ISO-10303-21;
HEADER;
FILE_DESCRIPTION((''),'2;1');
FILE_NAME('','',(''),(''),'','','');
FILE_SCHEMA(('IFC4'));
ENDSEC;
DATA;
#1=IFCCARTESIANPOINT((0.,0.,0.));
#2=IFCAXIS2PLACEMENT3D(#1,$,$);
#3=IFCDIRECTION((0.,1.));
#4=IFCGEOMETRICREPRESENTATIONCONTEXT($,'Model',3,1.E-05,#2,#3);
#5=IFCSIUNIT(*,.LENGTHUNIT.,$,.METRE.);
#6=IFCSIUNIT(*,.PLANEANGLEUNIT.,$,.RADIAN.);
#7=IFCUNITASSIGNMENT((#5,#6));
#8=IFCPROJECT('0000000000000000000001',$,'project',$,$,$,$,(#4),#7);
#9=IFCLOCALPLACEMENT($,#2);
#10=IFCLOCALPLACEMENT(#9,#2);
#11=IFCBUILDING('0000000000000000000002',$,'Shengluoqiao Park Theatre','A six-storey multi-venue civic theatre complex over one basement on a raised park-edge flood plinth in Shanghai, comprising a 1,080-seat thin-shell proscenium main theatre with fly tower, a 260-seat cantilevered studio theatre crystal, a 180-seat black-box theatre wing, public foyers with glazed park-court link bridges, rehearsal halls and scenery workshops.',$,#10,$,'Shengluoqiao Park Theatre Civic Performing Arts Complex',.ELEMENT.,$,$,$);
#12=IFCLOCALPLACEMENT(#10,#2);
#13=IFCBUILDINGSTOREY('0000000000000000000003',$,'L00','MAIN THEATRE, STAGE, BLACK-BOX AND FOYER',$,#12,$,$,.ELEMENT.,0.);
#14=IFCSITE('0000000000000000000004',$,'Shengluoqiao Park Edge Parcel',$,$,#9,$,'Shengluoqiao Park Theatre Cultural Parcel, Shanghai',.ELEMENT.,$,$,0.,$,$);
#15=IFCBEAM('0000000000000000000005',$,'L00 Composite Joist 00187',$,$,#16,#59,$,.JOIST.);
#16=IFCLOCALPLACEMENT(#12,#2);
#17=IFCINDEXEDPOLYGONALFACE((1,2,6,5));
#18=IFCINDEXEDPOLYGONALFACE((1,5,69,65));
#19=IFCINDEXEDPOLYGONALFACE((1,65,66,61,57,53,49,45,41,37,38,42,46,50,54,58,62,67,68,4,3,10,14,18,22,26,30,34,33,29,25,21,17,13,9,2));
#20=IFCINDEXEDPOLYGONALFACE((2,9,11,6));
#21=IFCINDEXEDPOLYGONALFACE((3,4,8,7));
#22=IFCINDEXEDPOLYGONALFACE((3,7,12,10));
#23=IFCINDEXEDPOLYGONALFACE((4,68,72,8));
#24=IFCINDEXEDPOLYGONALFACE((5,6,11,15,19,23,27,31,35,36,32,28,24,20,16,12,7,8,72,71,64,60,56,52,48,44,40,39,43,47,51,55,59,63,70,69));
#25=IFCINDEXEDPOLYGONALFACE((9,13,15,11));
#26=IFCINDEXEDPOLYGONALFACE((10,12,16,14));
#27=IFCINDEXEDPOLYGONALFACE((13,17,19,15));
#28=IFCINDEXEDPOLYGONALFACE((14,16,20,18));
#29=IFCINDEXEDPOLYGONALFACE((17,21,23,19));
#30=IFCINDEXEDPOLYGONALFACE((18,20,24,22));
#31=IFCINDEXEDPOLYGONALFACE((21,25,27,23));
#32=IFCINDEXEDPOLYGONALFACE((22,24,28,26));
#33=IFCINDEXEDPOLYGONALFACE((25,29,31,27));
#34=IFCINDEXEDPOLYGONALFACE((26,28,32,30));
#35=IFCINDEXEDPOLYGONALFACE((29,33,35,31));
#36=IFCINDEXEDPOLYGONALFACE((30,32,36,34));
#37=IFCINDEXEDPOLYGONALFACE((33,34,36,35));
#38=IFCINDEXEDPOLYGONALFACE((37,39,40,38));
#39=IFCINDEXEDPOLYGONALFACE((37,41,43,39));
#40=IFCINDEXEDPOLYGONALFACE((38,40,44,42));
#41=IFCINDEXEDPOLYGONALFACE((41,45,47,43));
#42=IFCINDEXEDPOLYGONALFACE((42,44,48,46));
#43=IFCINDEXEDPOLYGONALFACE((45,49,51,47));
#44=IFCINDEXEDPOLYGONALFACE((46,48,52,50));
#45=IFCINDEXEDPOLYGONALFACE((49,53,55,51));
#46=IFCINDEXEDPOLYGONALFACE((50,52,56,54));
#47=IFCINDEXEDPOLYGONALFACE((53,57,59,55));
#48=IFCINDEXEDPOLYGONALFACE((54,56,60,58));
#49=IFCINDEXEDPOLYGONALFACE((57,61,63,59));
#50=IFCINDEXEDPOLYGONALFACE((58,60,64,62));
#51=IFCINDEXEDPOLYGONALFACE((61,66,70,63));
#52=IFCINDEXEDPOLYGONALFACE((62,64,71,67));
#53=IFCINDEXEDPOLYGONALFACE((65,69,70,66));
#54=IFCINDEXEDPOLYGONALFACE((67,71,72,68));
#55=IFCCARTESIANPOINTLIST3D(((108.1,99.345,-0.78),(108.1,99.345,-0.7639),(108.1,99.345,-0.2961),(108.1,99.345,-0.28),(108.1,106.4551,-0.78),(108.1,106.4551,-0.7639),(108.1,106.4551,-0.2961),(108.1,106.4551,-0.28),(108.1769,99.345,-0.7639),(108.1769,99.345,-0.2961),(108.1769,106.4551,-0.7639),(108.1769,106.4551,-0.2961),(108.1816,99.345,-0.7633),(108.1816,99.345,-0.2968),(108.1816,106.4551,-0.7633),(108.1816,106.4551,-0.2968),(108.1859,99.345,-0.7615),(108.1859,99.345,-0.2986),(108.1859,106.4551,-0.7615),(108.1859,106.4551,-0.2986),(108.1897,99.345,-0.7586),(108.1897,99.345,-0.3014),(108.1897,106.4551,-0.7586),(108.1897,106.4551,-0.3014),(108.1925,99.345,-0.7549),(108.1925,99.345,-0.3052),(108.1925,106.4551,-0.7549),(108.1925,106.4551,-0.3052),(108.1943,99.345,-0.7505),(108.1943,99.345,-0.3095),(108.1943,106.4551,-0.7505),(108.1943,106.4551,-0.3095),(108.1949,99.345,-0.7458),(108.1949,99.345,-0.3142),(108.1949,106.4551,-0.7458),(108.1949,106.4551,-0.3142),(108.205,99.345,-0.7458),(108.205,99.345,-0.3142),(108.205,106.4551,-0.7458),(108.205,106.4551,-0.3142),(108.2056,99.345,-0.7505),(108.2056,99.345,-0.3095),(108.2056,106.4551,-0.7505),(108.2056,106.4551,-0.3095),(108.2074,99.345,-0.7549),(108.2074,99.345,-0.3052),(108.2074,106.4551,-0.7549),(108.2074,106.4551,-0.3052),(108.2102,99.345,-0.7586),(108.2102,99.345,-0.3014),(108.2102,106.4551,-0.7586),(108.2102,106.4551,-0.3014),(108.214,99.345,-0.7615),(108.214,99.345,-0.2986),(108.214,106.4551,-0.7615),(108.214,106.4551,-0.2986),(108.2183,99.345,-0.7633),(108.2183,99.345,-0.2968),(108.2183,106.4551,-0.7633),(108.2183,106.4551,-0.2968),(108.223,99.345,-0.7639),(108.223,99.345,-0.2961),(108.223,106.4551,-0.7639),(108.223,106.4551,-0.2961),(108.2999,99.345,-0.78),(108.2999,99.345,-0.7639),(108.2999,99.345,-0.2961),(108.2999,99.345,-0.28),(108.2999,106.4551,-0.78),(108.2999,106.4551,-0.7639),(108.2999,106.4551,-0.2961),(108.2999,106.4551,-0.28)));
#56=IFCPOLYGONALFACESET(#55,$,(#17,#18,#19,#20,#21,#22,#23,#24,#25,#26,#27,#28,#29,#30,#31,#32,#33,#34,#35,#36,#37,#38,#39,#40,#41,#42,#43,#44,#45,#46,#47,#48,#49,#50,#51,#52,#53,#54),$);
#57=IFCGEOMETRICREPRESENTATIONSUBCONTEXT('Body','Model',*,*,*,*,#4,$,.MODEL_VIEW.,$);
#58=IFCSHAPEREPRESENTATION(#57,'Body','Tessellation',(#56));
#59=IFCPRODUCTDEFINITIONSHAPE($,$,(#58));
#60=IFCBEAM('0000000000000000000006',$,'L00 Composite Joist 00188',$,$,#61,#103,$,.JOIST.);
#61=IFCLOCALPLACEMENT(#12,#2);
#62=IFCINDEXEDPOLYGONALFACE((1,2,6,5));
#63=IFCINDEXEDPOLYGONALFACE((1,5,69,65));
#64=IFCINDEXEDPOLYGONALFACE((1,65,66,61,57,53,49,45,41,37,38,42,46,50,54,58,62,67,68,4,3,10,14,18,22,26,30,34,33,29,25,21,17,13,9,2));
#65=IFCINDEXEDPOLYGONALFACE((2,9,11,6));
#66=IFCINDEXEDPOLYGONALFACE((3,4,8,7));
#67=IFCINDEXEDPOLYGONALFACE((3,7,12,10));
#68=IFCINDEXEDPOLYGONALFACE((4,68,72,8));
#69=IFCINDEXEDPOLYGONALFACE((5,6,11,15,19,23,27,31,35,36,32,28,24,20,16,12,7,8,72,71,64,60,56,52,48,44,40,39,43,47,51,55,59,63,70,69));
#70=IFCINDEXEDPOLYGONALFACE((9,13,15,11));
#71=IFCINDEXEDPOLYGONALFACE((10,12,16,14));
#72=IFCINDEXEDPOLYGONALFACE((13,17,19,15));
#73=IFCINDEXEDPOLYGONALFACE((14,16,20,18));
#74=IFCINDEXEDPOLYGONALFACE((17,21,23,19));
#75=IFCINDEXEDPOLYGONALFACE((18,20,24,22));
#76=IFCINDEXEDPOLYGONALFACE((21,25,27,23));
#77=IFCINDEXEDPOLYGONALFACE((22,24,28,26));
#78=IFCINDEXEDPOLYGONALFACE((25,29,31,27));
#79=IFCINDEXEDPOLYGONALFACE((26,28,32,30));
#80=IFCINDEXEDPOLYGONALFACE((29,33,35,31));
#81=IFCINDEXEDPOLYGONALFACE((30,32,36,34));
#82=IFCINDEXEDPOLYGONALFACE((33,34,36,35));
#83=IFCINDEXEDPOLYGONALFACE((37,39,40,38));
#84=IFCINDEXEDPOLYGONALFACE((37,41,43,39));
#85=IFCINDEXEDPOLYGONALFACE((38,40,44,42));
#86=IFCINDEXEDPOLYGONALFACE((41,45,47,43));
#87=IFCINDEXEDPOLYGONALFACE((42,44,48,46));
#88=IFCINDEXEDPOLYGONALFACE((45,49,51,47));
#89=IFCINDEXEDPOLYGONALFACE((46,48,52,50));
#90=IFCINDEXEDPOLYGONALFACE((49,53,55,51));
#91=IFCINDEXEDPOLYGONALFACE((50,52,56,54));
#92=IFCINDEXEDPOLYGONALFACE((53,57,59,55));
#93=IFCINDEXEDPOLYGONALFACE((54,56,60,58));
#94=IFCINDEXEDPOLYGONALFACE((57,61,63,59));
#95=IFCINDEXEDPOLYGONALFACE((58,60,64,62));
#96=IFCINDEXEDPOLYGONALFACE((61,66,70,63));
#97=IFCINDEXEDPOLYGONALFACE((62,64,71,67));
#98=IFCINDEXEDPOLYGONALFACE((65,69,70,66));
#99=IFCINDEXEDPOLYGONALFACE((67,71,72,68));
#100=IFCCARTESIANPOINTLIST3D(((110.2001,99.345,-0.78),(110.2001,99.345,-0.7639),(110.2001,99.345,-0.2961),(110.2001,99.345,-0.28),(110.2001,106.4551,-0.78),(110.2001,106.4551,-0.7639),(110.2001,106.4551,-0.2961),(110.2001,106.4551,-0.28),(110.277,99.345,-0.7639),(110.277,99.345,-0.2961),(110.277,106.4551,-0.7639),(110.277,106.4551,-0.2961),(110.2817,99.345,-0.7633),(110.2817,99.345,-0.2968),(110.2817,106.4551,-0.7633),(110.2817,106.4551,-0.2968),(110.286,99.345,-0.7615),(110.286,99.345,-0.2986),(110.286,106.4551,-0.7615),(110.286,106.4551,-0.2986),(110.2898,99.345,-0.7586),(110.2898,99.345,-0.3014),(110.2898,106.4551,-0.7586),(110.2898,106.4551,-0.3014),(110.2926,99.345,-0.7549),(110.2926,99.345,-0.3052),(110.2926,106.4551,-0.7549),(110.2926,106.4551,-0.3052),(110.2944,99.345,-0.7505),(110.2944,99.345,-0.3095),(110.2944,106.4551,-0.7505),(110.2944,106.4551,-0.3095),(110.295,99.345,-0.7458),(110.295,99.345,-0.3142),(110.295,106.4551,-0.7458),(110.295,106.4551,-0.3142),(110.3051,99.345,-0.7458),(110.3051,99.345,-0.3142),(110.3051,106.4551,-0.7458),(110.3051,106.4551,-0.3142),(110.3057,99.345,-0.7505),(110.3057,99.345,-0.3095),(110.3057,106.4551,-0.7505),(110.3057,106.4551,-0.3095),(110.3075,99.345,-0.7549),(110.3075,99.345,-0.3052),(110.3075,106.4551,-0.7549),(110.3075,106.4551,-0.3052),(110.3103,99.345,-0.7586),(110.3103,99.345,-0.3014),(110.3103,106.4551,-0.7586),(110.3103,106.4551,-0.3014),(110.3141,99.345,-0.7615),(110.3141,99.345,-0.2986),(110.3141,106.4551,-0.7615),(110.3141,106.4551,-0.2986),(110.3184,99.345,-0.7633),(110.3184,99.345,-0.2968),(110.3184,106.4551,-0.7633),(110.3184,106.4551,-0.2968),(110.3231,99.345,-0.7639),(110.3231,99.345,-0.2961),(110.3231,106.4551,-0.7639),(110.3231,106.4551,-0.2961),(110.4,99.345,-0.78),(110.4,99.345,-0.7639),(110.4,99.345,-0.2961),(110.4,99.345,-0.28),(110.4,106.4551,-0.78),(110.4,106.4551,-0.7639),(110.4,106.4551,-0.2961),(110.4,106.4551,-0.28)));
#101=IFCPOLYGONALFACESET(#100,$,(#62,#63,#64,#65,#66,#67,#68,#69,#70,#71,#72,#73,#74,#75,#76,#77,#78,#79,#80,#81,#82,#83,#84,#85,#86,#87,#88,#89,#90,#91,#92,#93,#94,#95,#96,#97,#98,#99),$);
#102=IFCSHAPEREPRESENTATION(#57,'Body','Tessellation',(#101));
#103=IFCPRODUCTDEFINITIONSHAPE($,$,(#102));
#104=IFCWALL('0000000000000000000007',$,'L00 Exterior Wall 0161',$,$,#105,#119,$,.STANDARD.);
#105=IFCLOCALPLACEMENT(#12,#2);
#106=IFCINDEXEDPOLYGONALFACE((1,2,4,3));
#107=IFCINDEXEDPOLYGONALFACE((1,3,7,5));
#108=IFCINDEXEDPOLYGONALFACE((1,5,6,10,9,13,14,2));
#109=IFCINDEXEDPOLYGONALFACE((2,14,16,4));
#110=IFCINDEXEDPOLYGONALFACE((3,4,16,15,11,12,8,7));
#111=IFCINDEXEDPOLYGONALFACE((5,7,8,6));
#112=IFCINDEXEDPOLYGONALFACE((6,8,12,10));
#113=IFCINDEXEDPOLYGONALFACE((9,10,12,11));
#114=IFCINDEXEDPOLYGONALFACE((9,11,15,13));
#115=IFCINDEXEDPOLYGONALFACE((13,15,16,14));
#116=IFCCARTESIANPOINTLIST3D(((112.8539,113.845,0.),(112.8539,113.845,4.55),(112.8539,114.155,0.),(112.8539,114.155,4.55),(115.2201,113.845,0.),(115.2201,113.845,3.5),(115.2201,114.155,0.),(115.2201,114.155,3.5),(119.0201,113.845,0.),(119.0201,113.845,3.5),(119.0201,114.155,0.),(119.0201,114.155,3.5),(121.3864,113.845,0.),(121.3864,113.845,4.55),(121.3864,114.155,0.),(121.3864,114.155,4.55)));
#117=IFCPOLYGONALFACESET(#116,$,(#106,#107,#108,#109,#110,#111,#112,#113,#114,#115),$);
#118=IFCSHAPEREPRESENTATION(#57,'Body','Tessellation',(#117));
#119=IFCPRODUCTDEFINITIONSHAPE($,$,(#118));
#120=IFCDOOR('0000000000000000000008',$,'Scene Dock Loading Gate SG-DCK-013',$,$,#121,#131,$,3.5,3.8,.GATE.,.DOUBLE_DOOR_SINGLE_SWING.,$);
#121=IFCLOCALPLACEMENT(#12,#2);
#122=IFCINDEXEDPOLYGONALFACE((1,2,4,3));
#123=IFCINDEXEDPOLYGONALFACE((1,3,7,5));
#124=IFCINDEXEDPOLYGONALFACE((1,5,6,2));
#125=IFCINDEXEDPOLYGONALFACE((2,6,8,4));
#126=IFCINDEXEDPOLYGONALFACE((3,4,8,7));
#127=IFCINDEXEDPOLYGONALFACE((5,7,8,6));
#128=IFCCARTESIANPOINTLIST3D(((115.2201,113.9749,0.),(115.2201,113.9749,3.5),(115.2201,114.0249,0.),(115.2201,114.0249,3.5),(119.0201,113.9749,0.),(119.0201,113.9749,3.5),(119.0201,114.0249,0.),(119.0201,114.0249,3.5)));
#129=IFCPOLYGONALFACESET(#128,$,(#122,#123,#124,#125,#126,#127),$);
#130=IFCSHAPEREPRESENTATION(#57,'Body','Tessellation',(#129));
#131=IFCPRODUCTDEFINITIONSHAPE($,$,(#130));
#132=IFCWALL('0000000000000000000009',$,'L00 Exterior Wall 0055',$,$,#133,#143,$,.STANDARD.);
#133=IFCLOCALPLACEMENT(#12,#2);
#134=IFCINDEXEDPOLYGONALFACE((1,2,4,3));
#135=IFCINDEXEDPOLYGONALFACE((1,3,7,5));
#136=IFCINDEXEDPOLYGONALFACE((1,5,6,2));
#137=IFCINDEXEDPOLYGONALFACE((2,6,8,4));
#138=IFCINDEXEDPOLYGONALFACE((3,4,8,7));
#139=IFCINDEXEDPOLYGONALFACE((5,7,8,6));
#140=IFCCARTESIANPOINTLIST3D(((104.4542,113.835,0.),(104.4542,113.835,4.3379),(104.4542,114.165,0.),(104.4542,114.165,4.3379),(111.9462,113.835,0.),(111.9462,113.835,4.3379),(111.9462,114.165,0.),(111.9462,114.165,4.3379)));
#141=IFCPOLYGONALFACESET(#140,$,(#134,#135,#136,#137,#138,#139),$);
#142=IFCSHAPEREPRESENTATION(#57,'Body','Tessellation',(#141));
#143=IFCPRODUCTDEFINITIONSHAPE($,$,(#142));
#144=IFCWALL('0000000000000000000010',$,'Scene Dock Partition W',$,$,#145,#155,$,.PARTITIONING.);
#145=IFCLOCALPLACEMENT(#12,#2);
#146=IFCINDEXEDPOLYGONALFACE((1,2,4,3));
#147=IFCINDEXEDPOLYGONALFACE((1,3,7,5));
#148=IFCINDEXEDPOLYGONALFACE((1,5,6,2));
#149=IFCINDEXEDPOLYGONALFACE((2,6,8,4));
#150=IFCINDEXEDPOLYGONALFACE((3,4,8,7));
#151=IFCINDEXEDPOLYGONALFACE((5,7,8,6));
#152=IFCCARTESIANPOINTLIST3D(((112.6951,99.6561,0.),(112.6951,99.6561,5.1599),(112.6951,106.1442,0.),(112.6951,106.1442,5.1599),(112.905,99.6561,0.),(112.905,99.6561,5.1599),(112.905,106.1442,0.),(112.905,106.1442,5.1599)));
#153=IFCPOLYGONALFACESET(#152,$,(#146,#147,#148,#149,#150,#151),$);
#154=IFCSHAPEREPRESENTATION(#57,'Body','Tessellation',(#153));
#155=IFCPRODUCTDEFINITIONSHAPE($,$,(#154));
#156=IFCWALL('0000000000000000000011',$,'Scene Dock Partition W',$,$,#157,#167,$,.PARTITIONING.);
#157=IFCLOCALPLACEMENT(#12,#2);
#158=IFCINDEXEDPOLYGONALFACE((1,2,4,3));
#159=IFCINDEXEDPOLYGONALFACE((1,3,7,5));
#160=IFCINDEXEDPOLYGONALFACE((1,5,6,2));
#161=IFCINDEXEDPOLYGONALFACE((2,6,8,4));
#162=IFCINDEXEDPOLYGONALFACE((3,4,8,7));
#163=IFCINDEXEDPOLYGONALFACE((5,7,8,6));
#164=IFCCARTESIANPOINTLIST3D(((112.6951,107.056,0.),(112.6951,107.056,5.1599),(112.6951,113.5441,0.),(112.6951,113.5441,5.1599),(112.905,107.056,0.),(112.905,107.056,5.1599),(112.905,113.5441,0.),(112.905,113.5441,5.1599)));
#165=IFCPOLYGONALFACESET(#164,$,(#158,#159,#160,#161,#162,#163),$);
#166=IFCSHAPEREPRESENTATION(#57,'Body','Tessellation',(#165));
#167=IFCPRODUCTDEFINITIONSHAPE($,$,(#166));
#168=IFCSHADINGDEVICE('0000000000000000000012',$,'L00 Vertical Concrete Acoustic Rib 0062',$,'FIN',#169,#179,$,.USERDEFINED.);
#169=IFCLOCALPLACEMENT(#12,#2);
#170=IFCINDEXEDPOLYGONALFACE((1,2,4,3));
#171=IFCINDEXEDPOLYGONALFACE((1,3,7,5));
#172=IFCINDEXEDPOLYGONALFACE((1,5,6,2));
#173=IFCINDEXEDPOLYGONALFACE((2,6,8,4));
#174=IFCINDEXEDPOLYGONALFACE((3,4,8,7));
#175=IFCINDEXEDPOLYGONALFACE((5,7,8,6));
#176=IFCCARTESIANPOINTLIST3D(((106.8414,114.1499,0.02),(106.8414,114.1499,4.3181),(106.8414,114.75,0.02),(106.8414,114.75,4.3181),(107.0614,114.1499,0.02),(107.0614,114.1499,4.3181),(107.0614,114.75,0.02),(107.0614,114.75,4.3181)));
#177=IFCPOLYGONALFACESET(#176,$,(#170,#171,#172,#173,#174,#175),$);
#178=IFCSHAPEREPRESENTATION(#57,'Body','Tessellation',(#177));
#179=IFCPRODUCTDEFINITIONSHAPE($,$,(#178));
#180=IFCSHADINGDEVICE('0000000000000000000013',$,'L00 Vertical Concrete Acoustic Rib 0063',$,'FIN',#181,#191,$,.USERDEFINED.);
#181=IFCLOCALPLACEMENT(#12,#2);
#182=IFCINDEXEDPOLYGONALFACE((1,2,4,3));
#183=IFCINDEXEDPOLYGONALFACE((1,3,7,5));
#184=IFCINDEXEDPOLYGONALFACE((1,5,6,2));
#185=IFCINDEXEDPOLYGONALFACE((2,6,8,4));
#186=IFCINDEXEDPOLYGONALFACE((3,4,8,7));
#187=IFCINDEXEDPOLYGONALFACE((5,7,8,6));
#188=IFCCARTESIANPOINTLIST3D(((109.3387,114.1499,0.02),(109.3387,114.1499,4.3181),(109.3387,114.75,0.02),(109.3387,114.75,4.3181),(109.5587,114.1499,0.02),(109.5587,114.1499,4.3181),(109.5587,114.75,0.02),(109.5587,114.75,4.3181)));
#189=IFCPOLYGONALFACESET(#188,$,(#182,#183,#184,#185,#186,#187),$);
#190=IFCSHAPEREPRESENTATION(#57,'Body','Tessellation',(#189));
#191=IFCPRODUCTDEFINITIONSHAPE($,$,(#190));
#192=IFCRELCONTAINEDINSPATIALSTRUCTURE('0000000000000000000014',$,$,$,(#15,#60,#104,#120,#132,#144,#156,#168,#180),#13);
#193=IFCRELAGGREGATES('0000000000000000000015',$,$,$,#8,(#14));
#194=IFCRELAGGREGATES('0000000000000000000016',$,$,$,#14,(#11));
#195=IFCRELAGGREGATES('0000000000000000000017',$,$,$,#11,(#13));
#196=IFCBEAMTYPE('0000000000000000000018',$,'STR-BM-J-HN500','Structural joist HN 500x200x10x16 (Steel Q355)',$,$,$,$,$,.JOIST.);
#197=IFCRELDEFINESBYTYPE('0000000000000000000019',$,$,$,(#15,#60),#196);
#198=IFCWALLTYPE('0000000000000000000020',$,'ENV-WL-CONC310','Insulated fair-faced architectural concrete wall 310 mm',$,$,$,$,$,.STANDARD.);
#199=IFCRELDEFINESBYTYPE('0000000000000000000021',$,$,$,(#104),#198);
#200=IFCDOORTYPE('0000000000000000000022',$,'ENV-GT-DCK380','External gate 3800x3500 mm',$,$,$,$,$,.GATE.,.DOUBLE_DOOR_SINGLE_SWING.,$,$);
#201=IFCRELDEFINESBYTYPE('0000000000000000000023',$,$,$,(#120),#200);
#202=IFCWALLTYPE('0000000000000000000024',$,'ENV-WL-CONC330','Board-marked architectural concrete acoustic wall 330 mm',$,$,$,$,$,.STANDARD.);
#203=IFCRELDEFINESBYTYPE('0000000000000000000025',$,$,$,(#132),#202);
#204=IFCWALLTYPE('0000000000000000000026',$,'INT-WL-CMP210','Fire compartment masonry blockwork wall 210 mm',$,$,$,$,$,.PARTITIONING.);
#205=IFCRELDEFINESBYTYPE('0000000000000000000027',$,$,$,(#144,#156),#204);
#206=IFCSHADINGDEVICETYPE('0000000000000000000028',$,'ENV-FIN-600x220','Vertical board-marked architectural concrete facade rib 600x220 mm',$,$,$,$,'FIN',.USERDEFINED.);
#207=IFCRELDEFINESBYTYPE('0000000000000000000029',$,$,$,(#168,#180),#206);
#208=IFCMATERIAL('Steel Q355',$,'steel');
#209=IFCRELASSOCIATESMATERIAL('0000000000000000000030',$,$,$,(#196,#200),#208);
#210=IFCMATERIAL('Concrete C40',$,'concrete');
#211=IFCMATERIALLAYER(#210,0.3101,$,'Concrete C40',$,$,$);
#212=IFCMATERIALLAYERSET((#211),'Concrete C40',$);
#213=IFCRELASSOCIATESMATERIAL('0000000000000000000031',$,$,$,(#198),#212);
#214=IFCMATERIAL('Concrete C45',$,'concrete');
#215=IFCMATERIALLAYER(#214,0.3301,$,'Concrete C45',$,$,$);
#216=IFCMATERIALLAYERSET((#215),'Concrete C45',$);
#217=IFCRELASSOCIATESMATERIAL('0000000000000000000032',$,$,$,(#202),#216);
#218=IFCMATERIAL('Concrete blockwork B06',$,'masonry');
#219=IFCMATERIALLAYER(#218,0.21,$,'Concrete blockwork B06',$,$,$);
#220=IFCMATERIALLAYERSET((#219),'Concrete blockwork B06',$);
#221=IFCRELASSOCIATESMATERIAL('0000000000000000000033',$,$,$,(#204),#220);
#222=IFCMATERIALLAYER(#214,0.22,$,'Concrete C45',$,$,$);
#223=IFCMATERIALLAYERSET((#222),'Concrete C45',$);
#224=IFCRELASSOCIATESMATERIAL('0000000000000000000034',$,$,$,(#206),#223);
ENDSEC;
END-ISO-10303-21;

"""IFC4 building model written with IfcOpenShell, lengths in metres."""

from ifc_helpers import new_model, si_unit, direction, frame, frame_2d, origin, origin_2d, place, context, subcontext, project, spatial, rectangle, i_section, extrude, material, layer, layer_set, material_profile, profile_set, type_object, element, fill, save


model = new_model("IFC4")

# Units and contexts
model_context = context("Model", 3, precision=1e-05, world=origin(), true_north=direction((0.0, 1.0)))
body_context = subcontext(model_context, "Body", "Model", "MODEL_VIEW")
ifc_project = project(units=[si_unit("LENGTHUNIT", "METRE"), si_unit("PLANEANGLEUNIT", "RADIAN")], contexts=[model_context])

# Site, building, storey
site_placement = place(None, origin())
site = spatial("IfcSite", under=ifc_project, at=site_placement, Name="Shengluoqiao Park Edge Parcel", LongName="Shengluoqiao Park Theatre Cultural Parcel, Shanghai", CompositionType="ELEMENT", RefElevation=0.0)
building_placement = place(site_placement, origin())
building = spatial("IfcBuilding", under=site, at=building_placement, Name="Shengluoqiao Park Theatre", Description="A six-storey multi-venue civic theatre complex over one basement on a raised park-edge flood plinth in Shanghai, comprising a 1,080-seat thin-shell proscenium main theatre with fly tower, a 260-seat cantilevered studio theatre crystal, a 180-seat black-box theatre wing, public foyers with glazed park-court link bridges, rehearsal halls and scenery workshops.", LongName="Shengluoqiao Park Theatre Civic Performing Arts Complex", CompositionType="ELEMENT")
storey_placement = place(building_placement, origin())
storey = spatial("IfcBuildingStorey", under=building, at=storey_placement, Name="L00", Description="MAIN THEATRE, STAGE, BLACK-BOX AND FOYER", CompositionType="ELEMENT", Elevation=0.0)

# Beams
ifc_material_1 = material(Name="Concrete C40", Category="concrete")
ifc_material_2 = material(Name="Steel Q355", Category="steel")
ifc_material_profile_1 = material_profile(ifc_material_2, i_section(OverallWidth=0.2, OverallDepth=0.5, WebThickness=0.01, FlangeThickness=0.0161, FilletRadius=0.0181, at=origin_2d()), Name="HN 500x200x10x16")
ifc_profile_set_1 = profile_set([ifc_material_profile_1], Name="Steel Q355")
beam_type_1 = type_object("IfcBeamType", Name="STR-BM-J-HN500", Description="Structural joist HN 500x200x10x16 (Steel Q355)", PredefinedType="JOIST", material=ifc_profile_set_1)
for number, where, z_axis, x_axis, name in (
    (1, (108.2, 99.345, -0.53), (0.0, 1.0, 0.0), (-1.0, 0.0, 0.0), "L00 Composite Joist 00187"),
    (2, (110.3, 99.345, -0.53), (0.0, 1.0, 0.0), (-1.0, 0.0, 0.0), "L00 Composite Joist 00188"),
):
    element("IfcBeam", number, at=place(storey_placement, frame(where, z_axis=z_axis, x_axis=x_axis)), inside=storey, type_object=beam_type_1, Name=name, PredefinedType="JOIST", context=body_context, shape_type="SweptSolid", body=[
        extrude(i_section(OverallWidth=0.2, OverallDepth=0.5, WebThickness=0.01, FlangeThickness=0.0161, FilletRadius=0.0181, at=origin_2d()), origin(), (0.0, 0.0, 1.0), 7.1101),
    ])

# Wall, opening, door
ifc_layer_1 = layer(ifc_material_1, 0.3101, Name="Concrete C40")
ifc_layer_set_1 = layer_set([ifc_layer_1], Name="Concrete C40")
wall_type_1 = type_object("IfcWallType", Name="ENV-WL-CONC310", Description="Insulated fair-faced architectural concrete wall 310 mm", PredefinedType="STANDARD", material=ifc_layer_set_1)
wall_1_placement = place(storey_placement, frame((112.854, 114.0, 0.0), z_axis=(0.0, 0.0, 1.0), x_axis=(1.0, 0.0, 0.0)))
wall_1 = element("IfcWall", 3, at=wall_1_placement, inside=storey, type_object=wall_type_1, Name="L00 Exterior Wall 0161", PredefinedType="STANDARD", context=body_context, shape_type="SweptSolid", body=[
    extrude(rectangle(XDim=8.5325, YDim=0.3101, at=frame_2d((4.2661, 0.0))), origin(), (0.0, 0.0, 1.0), 4.55),
])
opening_placement = place(wall_1_placement, frame((2.3662, 0.0, 0.0)))
opening = element("IfcOpeningElement", 4, at=opening_placement, cuts=wall_1, PredefinedType="OPENING", context=body_context, shape_type="SweptSolid", body=[
    extrude(rectangle(XDim=3.8, YDim=3.5, at=frame_2d((1.8999, 1.75))), frame((0.0, 0.165, 0.0), z_axis=(0.0, -1.0, 0.0), x_axis=(1.0, 0.0, 0.0)), (0.0, 0.0, 1.0), 0.3301),
])
door_type = type_object("IfcDoorType", Name="ENV-GT-DCK380", Description="External gate 3800x3500 mm", OperationType="DOUBLE_DOOR_SINGLE_SWING", PredefinedType="GATE", material=ifc_material_2)
door_placement = place(opening_placement, origin())
door = element("IfcDoor", 5, at=door_placement, inside=storey, type_object=door_type, Name="Scene Dock Loading Gate SG-DCK-013", OperationType="DOUBLE_DOOR_SINGLE_SWING", OverallHeight=3.5, OverallWidth=3.8, PredefinedType="GATE", context=body_context, shape_type="SweptSolid", body=[
    extrude(rectangle(XDim=3.8, YDim=3.5, at=frame_2d((1.8999, 1.75))), frame((0.0, 0.0249, 0.0), z_axis=(0.0, -1.0, 0.0), x_axis=(1.0, 0.0, 0.0)), (0.0, 0.0, 1.0), 0.05),
])
fill(opening, door)

# Walls
ifc_material_3 = material(Name="Concrete C45", Category="concrete")
ifc_layer_2 = layer(ifc_material_3, 0.3301, Name="Concrete C45")
ifc_layer_set_2 = layer_set([ifc_layer_2], Name="Concrete C45")
wall_type_2 = type_object("IfcWallType", Name="ENV-WL-CONC330", Description="Board-marked architectural concrete acoustic wall 330 mm", PredefinedType="STANDARD", material=ifc_layer_set_2)
wall_2_placement = place(storey_placement, frame((104.4541, 114.0, 0.0), z_axis=(0.0, 0.0, 1.0), x_axis=(1.0, 0.0, 0.0)))
element("IfcWall", 6, at=wall_2_placement, inside=storey, type_object=wall_type_2, Name="L00 Exterior Wall 0055", PredefinedType="STANDARD", context=body_context, shape_type="SweptSolid", body=[
    extrude(rectangle(XDim=7.4919, YDim=0.3301, at=frame_2d((3.7461, 0.0))), origin(), (0.0, 0.0, 1.0), 4.3379),
])
ifc_material_4 = material(Name="Concrete blockwork B06", Category="masonry")
ifc_layer_3 = layer(ifc_material_4, 0.21, Name="Concrete blockwork B06")
ifc_layer_set_3 = layer_set([ifc_layer_3], Name="Concrete blockwork B06")
wall_type_3 = type_object("IfcWallType", Name="INT-WL-CMP210", Description="Fire compartment masonry blockwork wall 210 mm", PredefinedType="PARTITIONING", material=ifc_layer_set_3)
for number, where, z_axis, x_axis, name in (
    (7, (112.8, 99.656, 0.0), (0.0, 0.0, 1.0), (0.0, 1.0, 0.0), "Scene Dock Partition W"),
    (8, (112.8, 107.0559, 0.0), (0.0, 0.0, 1.0), (0.0, 1.0, 0.0), "Scene Dock Partition W"),
):
    element("IfcWall", number, at=place(storey_placement, frame(where, z_axis=z_axis, x_axis=x_axis)), inside=storey, type_object=wall_type_3, Name=name, PredefinedType="PARTITIONING", context=body_context, shape_type="SweptSolid", body=[
        extrude(rectangle(XDim=6.488, YDim=0.21, at=frame_2d((3.2441, 0.0))), origin(), (0.0, 0.0, 1.0), 5.1599),
    ])

# Shading devices
ifc_layer_4 = layer(ifc_material_3, 0.22, Name="Concrete C45")
ifc_layer_set_4 = layer_set([ifc_layer_4], Name="Concrete C45")
shading_device_type = type_object("IfcShadingDeviceType", Name="ENV-FIN-600x220", Description="Vertical board-marked architectural concrete facade rib 600x220 mm", ElementType="FIN", PredefinedType="USERDEFINED", material=ifc_layer_set_4)
for number, where, z_axis, x_axis, name in (
    (9, (106.9514, 114.45, 0.02), (0.0, 0.0, 1.0), (0.0, 1.0, 0.0), "L00 Vertical Concrete Acoustic Rib 0062"),
    (10, (109.4487, 114.45, 0.02), (0.0, 0.0, 1.0), (0.0, 1.0, 0.0), "L00 Vertical Concrete Acoustic Rib 0063"),
):
    element("IfcShadingDevice", number, at=place(storey_placement, frame(where, z_axis=z_axis, x_axis=x_axis)), inside=storey, type_object=shading_device_type, Name=name, ObjectType="FIN", PredefinedType="USERDEFINED", context=body_context, shape_type="SweptSolid", body=[
        extrude(rectangle(XDim=0.6001, YDim=0.22, at=origin_2d()), origin(), (0.0, 0.0, 1.0), 4.2981),
    ])

save(model, "model.ifc")
